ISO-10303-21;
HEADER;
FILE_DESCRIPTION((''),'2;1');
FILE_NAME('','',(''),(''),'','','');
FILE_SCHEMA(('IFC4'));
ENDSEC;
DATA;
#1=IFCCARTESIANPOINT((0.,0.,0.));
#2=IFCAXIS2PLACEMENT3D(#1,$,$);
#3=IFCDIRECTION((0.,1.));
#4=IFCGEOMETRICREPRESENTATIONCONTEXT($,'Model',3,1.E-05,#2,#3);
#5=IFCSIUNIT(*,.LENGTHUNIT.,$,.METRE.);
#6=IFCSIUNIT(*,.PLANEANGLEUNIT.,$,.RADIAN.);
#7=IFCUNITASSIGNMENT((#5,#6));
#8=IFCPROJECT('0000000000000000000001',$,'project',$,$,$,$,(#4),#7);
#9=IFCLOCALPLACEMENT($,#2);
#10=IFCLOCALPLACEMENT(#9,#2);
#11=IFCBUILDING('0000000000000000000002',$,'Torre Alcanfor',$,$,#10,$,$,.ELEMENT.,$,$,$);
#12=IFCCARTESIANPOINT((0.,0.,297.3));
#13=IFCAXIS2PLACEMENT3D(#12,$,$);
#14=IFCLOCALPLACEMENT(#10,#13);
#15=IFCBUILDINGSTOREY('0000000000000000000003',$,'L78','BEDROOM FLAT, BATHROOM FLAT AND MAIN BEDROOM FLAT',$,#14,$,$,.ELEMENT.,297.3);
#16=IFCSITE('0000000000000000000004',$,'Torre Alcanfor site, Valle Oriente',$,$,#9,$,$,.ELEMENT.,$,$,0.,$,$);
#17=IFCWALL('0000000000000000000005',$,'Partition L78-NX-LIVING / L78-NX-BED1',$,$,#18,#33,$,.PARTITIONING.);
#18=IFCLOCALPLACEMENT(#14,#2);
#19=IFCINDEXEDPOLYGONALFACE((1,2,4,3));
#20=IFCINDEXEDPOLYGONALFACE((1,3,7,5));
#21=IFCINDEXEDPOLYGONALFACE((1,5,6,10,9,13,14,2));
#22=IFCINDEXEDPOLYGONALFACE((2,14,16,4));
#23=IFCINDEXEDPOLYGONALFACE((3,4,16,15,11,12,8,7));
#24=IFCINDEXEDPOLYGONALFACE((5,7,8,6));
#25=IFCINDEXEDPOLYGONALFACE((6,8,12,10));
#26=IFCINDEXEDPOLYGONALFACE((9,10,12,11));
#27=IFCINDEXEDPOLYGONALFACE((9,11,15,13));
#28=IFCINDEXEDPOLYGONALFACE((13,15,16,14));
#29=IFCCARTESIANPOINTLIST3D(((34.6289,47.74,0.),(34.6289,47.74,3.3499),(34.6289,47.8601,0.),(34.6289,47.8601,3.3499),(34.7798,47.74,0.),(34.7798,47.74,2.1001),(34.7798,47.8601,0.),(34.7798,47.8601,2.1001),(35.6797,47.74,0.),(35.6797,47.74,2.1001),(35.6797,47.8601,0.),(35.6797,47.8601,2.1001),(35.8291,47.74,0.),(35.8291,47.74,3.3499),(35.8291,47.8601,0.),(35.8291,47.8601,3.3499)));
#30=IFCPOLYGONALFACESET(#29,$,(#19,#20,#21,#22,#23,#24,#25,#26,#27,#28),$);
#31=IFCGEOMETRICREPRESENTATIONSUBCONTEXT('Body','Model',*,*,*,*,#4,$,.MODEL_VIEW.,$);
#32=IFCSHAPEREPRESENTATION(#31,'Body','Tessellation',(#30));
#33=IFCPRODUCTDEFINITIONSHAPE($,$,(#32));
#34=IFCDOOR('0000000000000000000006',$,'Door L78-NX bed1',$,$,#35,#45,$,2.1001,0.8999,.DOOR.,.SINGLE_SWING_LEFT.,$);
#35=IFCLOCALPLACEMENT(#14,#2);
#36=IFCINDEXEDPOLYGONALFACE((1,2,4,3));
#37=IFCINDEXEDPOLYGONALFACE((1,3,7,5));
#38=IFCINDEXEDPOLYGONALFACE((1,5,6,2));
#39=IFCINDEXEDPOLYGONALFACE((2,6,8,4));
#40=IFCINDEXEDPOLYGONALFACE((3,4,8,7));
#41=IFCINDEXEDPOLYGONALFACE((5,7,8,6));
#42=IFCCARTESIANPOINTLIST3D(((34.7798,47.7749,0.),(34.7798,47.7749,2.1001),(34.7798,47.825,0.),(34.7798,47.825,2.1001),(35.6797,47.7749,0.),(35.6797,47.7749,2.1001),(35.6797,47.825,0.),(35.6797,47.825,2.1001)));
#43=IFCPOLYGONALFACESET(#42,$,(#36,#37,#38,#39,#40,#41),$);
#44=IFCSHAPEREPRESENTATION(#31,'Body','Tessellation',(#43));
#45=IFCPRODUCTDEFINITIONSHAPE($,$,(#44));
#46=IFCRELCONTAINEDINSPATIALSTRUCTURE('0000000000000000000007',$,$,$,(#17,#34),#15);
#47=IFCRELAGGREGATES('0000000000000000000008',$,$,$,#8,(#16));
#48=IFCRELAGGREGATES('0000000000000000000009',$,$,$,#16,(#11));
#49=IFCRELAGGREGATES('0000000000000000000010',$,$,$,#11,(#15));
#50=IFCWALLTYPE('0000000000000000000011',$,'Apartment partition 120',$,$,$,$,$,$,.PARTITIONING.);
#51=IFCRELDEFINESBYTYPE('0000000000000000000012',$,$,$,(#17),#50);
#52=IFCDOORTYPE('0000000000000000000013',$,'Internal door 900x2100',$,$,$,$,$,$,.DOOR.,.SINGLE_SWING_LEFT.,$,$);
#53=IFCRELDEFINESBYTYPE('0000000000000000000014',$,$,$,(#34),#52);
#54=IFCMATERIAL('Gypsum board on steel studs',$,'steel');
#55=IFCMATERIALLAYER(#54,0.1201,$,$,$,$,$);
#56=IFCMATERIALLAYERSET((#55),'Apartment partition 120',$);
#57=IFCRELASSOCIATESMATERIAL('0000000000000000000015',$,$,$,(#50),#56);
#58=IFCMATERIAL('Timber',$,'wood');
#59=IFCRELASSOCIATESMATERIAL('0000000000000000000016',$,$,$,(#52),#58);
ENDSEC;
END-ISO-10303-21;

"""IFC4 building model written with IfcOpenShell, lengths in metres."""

from ifc_helpers import new_model, si_unit, direction, frame, frame_2d, origin, place, context, subcontext, project, spatial, rectangle, extrude, material, layer, layer_set, type_object, element, fill, save


model = new_model("IFC4")

# Units and contexts
model_context = context("Model", 3, precision=1e-05, world=origin(), true_north=direction((0.0, 1.0)))
body_context = subcontext(model_context, "Body", "Model", "MODEL_VIEW")
ifc_project = project(units=[si_unit("LENGTHUNIT", "METRE"), si_unit("PLANEANGLEUNIT", "RADIAN")], contexts=[model_context])

# Site, building, storey
site_placement = place(None, origin())
site = spatial("IfcSite", under=ifc_project, at=site_placement, Name="Torre Alcanfor site, Valle Oriente", CompositionType="ELEMENT", RefElevation=0.0)
building_placement = place(site_placement, origin())
building = spatial("IfcBuilding", under=site, at=building_placement, Name="Torre Alcanfor", CompositionType="ELEMENT")
storey_placement = place(building_placement, frame((0.0, 0.0, 297.3)))
storey = spatial("IfcBuildingStorey", under=building, at=storey_placement, Name="L78", Description="BEDROOM FLAT, BATHROOM FLAT AND MAIN BEDROOM FLAT", CompositionType="ELEMENT", Elevation=297.3)

# Shared definitions
ifc_material_1 = material(Name="Gypsum board on steel studs", Category="steel")
ifc_layer_1 = layer(ifc_material_1, 0.1201)
ifc_layer_set_1 = layer_set([ifc_layer_1], Name="Apartment partition 120")
wall_type_1 = type_object("IfcWallType", Name="Apartment partition 120", PredefinedType="PARTITIONING", material=ifc_layer_set_1)
ifc_material_2 = material(Name="Timber", Category="wood")
door_type = type_object("IfcDoorType", Name="Internal door 900x2100", OperationType="SINGLE_SWING_LEFT", PredefinedType="DOOR", material=ifc_material_2)

# Wall, opening, door
wall_1_placement = place(storey_placement, frame((34.6289, 47.8, 0.0), z_axis=(0.0, 0.0, 1.0), x_axis=(1.0, 0.0, 0.0)))
wall_1 = element("IfcWall", 1, at=wall_1_placement, inside=storey, type_object=wall_type_1, Name="Partition L78-NX-LIVING / L78-NX-BED1", PredefinedType="PARTITIONING", context=body_context, shape_type="SweptSolid", body=[
    extrude(rectangle(XDim=1.2002, YDim=0.1201, at=frame_2d((0.6001, 0.0))), origin(), (0.0, 0.0, 1.0), 3.3499),
])
opening_1_placement = place(wall_1_placement, frame((0.1509, 0.0, 0.0)))
opening_1 = element("IfcOpeningElement", 2, at=opening_1_placement, cuts=wall_1, PredefinedType="OPENING", context=body_context, shape_type="SweptSolid", body=[
    extrude(rectangle(XDim=0.8999, YDim=2.1001, at=frame_2d((0.45, 1.05))), frame((0.0, 0.0701, 0.0), z_axis=(0.0, -1.0, 0.0), x_axis=(1.0, 0.0, 0.0)), (0.0, 0.0, 1.0), 0.1401),
])
door_1_placement = place(opening_1_placement, origin())
door_1 = element("IfcDoor", 3, at=door_1_placement, inside=storey, type_object=door_type, Name="Door L78-NX bed1", OperationType="SINGLE_SWING_LEFT", OverallHeight=2.1001, OverallWidth=0.8999, PredefinedType="DOOR", context=body_context, shape_type="SweptSolid", body=[
    extrude(rectangle(XDim=0.8999, YDim=2.1001, at=frame_2d((0.45, 1.05))), frame((0.0, 0.0249, 0.0), z_axis=(0.0, -1.0, 0.0), x_axis=(1.0, 0.0, 0.0)), (0.0, 0.0, 1.0), 0.05),
])
fill(opening_1, door_1)

save(model, "model.ifc")
